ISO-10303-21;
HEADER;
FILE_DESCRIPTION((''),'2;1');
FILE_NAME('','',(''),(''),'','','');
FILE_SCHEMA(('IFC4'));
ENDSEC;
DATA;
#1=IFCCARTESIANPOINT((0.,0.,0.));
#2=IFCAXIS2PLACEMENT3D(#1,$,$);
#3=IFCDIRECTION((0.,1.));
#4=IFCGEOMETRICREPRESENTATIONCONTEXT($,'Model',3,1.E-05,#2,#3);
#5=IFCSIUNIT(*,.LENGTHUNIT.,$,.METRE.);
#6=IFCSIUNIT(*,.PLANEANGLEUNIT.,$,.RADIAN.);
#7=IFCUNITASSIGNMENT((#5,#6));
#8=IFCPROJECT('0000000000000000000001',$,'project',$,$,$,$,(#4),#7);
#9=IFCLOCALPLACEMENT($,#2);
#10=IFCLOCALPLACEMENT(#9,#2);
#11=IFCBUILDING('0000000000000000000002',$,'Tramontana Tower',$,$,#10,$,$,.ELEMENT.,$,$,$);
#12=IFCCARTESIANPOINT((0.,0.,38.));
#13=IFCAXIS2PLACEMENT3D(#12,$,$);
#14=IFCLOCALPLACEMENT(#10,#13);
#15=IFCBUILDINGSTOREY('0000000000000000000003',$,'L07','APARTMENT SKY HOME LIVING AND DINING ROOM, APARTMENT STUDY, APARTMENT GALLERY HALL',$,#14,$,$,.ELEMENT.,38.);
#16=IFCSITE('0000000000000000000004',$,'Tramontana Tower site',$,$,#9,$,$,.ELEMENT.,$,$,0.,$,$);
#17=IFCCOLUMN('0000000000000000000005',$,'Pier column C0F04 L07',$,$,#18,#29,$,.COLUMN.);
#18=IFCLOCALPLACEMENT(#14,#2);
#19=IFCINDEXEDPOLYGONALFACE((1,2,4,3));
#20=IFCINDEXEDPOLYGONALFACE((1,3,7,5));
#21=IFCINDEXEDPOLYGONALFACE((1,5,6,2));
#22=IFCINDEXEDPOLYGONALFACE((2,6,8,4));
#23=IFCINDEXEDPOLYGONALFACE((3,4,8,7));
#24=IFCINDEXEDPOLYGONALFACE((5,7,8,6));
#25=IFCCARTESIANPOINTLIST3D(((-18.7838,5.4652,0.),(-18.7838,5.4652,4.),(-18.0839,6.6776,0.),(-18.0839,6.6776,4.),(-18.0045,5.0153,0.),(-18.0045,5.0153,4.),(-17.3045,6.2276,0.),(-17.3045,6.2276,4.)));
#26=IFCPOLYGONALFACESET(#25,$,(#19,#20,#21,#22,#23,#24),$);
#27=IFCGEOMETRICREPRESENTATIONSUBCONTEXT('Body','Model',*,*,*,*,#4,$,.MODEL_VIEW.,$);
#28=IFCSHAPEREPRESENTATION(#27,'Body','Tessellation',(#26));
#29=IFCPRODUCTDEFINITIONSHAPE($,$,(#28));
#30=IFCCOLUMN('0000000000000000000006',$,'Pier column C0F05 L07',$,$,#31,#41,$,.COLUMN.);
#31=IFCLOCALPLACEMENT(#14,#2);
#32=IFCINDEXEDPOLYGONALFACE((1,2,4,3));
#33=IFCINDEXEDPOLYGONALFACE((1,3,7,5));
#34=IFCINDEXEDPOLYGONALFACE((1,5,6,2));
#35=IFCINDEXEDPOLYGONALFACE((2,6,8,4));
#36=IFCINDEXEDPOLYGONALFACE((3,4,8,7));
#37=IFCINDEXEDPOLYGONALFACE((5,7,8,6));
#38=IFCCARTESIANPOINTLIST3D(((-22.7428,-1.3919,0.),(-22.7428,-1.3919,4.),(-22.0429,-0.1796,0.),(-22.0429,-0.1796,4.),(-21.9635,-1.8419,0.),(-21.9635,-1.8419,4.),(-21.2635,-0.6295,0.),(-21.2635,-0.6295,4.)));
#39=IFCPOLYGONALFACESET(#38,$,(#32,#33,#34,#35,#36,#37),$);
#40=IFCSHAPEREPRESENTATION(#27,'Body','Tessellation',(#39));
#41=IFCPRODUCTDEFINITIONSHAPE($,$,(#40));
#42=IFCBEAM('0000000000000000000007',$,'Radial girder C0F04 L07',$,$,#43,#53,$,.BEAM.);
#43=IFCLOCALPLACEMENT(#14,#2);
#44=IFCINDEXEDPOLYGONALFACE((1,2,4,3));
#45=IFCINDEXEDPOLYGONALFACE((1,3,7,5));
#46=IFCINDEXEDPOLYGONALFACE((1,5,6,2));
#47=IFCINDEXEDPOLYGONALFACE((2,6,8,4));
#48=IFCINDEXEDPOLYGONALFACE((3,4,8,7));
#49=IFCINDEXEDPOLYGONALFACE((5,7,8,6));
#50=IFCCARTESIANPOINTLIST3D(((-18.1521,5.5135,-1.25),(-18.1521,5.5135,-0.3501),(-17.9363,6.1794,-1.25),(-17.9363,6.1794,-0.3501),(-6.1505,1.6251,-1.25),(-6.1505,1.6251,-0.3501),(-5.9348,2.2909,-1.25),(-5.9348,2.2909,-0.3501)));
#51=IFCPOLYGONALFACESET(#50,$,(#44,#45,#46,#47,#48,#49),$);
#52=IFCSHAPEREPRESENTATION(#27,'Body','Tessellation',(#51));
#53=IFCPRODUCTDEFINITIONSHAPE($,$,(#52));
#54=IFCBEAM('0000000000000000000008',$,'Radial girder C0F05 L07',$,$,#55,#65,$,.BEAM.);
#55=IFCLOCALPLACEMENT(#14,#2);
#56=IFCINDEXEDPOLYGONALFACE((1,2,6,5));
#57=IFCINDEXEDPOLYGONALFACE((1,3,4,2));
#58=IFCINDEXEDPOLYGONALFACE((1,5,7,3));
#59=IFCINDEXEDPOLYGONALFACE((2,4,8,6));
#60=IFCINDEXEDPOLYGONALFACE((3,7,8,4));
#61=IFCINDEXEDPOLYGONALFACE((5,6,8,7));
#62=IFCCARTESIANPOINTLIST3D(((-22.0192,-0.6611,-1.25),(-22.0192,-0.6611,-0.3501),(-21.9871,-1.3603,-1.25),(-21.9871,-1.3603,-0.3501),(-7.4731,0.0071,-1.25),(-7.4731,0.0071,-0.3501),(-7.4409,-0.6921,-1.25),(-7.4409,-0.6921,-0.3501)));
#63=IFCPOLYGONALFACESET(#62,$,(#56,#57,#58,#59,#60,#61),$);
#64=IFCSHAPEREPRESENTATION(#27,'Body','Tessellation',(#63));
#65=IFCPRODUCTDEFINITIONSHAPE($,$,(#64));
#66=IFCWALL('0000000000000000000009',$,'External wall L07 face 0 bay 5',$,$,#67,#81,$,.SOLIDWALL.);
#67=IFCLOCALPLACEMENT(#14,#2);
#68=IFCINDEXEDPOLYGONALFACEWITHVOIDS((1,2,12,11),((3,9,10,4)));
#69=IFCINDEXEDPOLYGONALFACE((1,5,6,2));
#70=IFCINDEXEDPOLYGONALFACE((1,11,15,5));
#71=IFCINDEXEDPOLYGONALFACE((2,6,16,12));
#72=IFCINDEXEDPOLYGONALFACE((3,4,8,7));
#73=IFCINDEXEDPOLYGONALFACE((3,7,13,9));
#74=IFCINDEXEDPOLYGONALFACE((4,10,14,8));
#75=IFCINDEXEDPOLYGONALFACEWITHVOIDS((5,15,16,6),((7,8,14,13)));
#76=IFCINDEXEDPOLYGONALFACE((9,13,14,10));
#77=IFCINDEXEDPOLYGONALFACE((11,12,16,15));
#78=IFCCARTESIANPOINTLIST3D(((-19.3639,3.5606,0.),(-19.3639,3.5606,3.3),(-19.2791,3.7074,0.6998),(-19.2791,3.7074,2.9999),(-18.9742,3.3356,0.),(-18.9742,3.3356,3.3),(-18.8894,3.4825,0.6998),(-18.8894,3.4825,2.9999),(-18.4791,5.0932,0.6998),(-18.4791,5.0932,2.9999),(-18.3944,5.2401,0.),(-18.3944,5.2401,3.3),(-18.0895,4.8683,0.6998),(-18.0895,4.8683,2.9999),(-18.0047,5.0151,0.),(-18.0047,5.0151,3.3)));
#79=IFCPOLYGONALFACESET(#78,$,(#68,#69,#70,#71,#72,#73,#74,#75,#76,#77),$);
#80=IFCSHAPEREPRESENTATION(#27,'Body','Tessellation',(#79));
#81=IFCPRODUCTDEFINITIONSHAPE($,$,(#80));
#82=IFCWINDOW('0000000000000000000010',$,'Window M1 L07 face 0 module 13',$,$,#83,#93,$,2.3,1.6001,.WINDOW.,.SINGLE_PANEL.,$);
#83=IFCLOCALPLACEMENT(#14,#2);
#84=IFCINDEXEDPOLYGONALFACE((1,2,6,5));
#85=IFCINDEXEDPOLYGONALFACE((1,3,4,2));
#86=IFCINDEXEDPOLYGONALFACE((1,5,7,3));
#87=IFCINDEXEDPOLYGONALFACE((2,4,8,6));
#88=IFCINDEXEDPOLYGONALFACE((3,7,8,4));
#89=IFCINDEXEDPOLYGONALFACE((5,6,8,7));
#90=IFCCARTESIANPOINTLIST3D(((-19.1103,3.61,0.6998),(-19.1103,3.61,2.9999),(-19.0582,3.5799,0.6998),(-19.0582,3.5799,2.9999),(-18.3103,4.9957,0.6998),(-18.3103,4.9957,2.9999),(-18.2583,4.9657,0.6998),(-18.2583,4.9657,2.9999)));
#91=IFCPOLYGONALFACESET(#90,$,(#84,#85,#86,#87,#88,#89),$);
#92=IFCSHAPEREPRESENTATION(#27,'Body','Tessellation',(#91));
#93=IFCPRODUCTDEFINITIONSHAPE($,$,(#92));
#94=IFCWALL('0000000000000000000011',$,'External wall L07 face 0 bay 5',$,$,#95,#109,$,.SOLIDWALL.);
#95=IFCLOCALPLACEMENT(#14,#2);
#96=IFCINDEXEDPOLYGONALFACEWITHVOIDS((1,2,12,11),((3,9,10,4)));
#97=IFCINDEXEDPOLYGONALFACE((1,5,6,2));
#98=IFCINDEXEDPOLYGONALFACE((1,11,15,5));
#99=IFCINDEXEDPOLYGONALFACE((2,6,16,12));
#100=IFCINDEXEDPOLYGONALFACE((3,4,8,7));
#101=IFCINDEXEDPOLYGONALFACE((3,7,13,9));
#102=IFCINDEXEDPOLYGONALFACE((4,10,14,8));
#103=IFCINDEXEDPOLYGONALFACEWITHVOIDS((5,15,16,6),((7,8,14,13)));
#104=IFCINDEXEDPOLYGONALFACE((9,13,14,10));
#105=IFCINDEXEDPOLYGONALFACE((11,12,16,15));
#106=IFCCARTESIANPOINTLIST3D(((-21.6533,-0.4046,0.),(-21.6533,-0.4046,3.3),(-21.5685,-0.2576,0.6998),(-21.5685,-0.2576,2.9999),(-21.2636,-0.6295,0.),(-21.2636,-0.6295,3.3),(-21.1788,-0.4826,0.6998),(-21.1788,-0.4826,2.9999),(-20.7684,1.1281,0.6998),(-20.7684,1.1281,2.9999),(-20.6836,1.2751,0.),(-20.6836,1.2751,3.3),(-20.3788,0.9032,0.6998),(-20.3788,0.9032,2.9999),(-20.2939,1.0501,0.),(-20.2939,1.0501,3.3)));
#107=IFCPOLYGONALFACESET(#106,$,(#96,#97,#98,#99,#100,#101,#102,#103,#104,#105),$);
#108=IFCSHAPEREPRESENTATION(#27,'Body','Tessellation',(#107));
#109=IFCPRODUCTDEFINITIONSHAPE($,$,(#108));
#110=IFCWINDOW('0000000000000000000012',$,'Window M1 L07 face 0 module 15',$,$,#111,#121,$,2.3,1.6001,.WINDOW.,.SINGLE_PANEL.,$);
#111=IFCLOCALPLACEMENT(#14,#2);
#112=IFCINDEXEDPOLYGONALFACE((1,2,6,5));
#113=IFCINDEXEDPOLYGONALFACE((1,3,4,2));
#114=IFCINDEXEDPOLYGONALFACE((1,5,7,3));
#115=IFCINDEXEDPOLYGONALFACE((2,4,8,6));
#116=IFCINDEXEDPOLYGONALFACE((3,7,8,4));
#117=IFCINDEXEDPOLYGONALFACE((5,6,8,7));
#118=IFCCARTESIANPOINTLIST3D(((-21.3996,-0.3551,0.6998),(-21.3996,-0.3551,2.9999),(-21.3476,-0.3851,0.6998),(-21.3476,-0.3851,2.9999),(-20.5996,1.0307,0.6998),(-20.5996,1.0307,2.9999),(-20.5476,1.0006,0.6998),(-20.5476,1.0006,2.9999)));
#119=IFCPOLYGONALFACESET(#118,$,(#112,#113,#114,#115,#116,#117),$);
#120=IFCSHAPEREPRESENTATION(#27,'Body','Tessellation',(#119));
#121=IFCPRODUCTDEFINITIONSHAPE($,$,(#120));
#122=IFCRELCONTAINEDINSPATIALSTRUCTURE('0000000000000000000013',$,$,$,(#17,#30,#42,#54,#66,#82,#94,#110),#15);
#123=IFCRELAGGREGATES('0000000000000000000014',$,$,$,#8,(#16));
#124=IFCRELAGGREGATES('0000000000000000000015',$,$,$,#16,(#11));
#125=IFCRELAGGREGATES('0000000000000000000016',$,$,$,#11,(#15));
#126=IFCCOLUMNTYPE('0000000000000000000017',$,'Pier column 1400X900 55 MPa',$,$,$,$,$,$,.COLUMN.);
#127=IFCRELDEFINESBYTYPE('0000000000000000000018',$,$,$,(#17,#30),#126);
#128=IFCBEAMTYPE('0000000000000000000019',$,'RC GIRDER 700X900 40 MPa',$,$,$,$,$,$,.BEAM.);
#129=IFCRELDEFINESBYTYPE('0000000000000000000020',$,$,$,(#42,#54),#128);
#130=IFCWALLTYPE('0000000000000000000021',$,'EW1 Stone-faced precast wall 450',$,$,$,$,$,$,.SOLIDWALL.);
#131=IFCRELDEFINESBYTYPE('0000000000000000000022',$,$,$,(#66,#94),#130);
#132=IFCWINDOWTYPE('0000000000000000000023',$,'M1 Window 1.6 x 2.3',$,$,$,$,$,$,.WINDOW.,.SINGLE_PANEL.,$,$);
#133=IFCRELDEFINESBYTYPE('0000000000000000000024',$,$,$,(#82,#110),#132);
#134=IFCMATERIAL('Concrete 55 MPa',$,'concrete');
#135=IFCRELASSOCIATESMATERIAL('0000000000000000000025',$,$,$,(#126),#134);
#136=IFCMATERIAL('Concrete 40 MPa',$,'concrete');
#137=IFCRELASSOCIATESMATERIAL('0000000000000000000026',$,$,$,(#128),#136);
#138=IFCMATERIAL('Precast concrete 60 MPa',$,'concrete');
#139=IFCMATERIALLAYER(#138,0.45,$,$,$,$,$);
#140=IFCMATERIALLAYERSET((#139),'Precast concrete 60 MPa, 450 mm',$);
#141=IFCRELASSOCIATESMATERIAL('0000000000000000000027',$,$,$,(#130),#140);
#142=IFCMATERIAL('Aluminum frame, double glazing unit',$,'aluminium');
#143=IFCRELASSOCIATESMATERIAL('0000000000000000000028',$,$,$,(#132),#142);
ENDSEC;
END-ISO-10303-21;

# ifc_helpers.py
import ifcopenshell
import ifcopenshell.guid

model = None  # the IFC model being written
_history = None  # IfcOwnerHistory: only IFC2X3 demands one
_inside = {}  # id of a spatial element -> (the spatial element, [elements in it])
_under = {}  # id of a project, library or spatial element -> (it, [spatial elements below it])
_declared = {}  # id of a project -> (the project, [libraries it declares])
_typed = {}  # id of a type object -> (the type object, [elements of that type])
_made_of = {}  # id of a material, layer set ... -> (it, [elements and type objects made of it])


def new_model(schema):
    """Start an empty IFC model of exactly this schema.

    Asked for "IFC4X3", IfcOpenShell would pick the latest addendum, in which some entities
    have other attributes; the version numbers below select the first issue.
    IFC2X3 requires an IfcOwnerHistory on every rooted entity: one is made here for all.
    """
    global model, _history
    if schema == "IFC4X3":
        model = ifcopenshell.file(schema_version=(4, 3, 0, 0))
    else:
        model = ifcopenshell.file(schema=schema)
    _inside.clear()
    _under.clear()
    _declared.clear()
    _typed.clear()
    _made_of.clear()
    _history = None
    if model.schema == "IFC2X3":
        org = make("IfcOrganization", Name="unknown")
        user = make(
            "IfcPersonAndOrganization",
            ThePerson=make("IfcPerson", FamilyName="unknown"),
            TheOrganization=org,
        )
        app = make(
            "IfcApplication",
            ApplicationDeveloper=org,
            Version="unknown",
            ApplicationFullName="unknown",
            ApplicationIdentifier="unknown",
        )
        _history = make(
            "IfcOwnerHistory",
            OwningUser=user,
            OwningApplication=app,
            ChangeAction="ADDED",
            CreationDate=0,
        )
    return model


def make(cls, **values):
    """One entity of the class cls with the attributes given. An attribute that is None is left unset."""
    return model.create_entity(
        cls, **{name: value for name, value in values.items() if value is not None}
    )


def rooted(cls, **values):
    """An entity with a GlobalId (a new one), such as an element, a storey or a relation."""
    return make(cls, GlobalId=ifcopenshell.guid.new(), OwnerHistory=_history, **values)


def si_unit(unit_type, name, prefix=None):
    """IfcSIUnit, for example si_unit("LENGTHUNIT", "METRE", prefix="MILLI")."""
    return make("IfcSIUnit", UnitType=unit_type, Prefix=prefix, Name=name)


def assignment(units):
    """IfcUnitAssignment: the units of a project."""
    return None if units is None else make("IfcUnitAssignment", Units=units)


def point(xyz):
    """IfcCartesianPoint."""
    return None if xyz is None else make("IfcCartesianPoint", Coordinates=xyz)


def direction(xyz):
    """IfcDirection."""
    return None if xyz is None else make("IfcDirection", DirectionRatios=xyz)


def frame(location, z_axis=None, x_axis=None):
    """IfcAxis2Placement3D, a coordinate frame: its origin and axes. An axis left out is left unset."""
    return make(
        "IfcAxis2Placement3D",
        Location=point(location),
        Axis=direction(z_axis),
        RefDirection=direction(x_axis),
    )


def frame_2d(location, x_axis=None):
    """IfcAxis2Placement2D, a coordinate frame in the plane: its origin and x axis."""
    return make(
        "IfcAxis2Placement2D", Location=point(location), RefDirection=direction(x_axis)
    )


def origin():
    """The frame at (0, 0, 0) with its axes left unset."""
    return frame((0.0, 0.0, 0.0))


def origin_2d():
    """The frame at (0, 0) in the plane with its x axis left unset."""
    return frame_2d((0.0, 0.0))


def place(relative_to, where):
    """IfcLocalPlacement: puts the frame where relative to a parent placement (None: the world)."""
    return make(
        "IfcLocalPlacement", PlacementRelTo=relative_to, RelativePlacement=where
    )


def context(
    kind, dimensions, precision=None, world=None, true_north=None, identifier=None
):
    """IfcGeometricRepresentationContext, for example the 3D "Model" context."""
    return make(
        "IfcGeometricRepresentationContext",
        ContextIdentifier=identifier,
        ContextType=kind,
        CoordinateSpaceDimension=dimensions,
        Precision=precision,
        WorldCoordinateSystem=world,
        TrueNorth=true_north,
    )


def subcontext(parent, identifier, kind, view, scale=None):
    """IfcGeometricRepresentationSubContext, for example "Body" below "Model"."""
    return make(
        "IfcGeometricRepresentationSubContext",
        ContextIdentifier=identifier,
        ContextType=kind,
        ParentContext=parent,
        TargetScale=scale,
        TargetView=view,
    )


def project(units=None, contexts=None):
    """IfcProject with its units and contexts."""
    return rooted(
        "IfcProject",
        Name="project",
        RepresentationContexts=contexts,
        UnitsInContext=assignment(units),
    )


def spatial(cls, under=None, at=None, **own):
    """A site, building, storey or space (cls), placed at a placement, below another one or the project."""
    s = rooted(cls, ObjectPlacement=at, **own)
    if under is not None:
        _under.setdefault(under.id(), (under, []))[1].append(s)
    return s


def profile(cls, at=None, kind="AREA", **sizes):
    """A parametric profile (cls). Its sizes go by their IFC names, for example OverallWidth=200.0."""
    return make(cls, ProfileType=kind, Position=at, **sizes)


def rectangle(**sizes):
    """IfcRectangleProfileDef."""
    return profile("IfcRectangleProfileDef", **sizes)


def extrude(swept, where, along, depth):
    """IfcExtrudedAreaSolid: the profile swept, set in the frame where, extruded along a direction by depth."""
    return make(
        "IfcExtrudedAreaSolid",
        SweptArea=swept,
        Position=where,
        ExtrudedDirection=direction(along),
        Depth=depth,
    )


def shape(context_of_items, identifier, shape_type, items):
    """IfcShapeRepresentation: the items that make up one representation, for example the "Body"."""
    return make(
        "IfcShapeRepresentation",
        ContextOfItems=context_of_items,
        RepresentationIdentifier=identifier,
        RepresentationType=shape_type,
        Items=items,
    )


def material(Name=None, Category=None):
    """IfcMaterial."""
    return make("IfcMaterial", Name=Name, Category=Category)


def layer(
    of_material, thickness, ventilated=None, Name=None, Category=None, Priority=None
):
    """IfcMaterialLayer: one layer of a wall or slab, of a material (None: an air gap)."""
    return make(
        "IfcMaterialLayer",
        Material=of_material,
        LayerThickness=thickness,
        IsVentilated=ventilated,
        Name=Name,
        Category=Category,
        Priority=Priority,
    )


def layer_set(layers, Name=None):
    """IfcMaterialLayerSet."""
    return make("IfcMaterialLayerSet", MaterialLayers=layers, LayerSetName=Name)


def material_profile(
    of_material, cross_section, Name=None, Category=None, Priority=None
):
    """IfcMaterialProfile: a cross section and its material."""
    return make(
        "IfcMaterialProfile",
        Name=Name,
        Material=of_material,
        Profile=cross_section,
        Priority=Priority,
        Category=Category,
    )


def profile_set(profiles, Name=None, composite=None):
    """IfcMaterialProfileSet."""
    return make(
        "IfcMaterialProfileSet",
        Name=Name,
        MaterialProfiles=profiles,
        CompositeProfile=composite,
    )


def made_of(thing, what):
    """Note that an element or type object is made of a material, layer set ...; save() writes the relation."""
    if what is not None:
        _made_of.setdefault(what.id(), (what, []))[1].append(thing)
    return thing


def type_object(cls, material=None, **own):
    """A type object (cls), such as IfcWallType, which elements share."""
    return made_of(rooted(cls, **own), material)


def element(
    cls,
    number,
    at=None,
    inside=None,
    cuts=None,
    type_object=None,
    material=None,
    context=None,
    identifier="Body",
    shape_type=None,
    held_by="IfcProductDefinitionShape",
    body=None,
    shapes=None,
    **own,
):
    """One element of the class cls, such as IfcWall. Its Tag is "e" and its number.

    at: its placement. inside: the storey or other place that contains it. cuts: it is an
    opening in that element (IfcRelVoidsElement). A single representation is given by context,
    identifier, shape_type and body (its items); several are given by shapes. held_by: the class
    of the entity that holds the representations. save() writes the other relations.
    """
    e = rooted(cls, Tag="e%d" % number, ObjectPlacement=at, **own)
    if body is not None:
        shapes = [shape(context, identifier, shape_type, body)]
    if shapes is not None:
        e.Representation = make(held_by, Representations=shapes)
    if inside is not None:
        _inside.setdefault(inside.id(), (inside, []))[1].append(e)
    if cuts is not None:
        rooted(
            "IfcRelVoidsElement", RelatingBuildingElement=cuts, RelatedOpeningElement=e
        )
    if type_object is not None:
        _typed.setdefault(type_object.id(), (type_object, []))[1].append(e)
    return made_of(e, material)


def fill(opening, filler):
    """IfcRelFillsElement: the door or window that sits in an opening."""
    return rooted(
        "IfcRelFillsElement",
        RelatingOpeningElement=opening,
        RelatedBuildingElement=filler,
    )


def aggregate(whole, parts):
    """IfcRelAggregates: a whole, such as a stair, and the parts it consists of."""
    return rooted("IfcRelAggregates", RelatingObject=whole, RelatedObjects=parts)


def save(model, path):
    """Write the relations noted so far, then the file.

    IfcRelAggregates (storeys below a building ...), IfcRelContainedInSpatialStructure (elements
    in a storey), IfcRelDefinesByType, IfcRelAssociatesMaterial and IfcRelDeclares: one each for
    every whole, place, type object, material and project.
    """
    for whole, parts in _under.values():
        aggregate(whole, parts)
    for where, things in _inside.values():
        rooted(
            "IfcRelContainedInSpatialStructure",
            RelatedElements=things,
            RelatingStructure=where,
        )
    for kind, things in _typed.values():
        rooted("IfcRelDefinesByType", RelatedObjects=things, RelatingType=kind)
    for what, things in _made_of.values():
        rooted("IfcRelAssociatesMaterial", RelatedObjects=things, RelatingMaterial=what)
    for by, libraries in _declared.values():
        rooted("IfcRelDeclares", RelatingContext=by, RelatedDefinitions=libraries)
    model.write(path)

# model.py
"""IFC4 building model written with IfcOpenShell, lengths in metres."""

from ifc_helpers import new_model, si_unit, direction, frame, frame_2d, origin, origin_2d, place, context, subcontext, project, spatial, rectangle, extrude, material, layer, layer_set, material_profile, profile_set, type_object, element, fill, save


model = new_model("IFC4")

# Units and contexts
model_context = context("Model", 3, precision=1e-05, world=origin(), true_north=direction((0.0, 1.0)))
body_context = subcontext(model_context, "Body", "Model", "MODEL_VIEW")
ifc_project = project(units=[si_unit("LENGTHUNIT", "METRE"), si_unit("PLANEANGLEUNIT", "RADIAN")], contexts=[model_context])

# Site, building, storey
site_placement = place(None, origin())
site = spatial("IfcSite", under=ifc_project, at=site_placement, Name="Tramontana Tower site", CompositionType="ELEMENT", RefElevation=0.0)
building_placement = place(site_placement, origin())
building = spatial("IfcBuilding", under=site, at=building_placement, Name="Tramontana Tower", CompositionType="ELEMENT")
storey_placement = place(building_placement, frame((0.0, 0.0, 38.0)))
storey = spatial("IfcBuildingStorey", under=building, at=storey_placement, Name="L07", Description="APARTMENT SKY HOME LIVING AND DINING ROOM, APARTMENT STUDY, APARTMENT GALLERY HALL", CompositionType="ELEMENT", Elevation=38.0)

# Columns
ifc_material_1 = material(Name="Concrete 55 MPa", Category="concrete")
ifc_material_profile_1 = material_profile(ifc_material_1, rectangle(XDim=1.3999, YDim=0.8999, at=origin_2d()), Name="Pier column 1400X900 55 MPa")
ifc_profile_set_1 = profile_set([ifc_material_profile_1], Name="Concrete 55 MPa")
column_type = type_object("IfcColumnType", Name="Pier column 1400X900 55 MPa", PredefinedType="COLUMN", material=ifc_profile_set_1)
for number, where, z_axis, x_axis, name in (
    (1, (-18.0442, 5.8464, 0.0), (0.0, 0.0, 1.0), (-0.5, -0.866025, 0.0), "Pier column C0F04 L07"),
    (2, (-22.0032, -1.0107, 0.0), (0.0, 0.0, 1.0), (-0.5, -0.866025, 0.0), "Pier column C0F05 L07"),
):
    element("IfcColumn", number, at=place(storey_placement, frame(where, z_axis=z_axis, x_axis=x_axis)), inside=storey, type_object=column_type, Name=name, PredefinedType="COLUMN", context=body_context, shape_type="SweptSolid", body=[
        extrude(rectangle(XDim=1.3999, YDim=0.8999, at=origin_2d()), origin(), (0.0, 0.0, 1.0), 4.0),
    ])

# Beams
ifc_material_2 = material(Name="Concrete 40 MPa", Category="concrete")
ifc_material_profile_2 = material_profile(ifc_material_2, rectangle(XDim=0.7, YDim=0.8999, at=origin_2d()), Name="RC GIRDER 700X900 40 MPa")
ifc_profile_set_2 = profile_set([ifc_material_profile_2], Name="Concrete 40 MPa")
beam_type = type_object("IfcBeamType", Name="RC GIRDER 700X900 40 MPa", PredefinedType="BEAM", material=ifc_profile_set_2)
beam_1_placement = place(storey_placement, frame((-18.0442, 5.8464, -0.8), z_axis=(0.951314, -0.308222, 0.0), x_axis=(0.308222, 0.951314, 0.0)))
element("IfcBeam", 3, at=beam_1_placement, inside=storey, type_object=beam_type, Name="Radial girder C0F04 L07", PredefinedType="BEAM", context=body_context, shape_type="SweptSolid", body=[
    extrude(rectangle(XDim=0.7, YDim=0.8999, at=origin_2d()), origin(), (0.0, 0.0, 1.0), 12.6157),
])
beam_2_placement = place(storey_placement, frame((-22.0032, -1.0107, -0.8), z_axis=(0.998947, 0.045889, 0.0), x_axis=(-0.045889, 0.998947, 0.0)))
element("IfcBeam", 4, at=beam_2_placement, inside=storey, type_object=beam_type, Name="Radial girder C0F05 L07", PredefinedType="BEAM", context=body_context, shape_type="SweptSolid", body=[
    extrude(rectangle(XDim=0.7, YDim=0.8999, at=origin_2d()), origin(), (0.0, 0.0, 1.0), 14.5615),
])

# Walls, openings, windows
ifc_material_3 = material(Name="Precast concrete 60 MPa", Category="concrete")
ifc_layer_1 = layer(ifc_material_3, 0.45)
ifc_layer_set_1 = layer_set([ifc_layer_1], Name="Precast concrete 60 MPa, 450 mm")
wall_type_1 = type_object("IfcWallType", Name="EW1 Stone-faced precast wall 450", PredefinedType="SOLIDWALL", material=ifc_layer_set_1)
wall_1_placement = place(storey_placement, frame((-18.1995, 5.1277, 0.0), z_axis=(0.0, 0.0, 1.0), x_axis=(-0.499944, -0.866058, 0.0)))
wall_1 = element("IfcWall", 5, at=wall_1_placement, inside=storey, type_object=wall_type_1, Name="External wall L07 face 0 bay 5", PredefinedType="SOLIDWALL", context=body_context, shape_type="SweptSolid", body=[
    extrude(rectangle(XDim=1.9392, YDim=0.45, at=frame_2d((0.9697, 0.0))), origin(), (0.0, 0.0, 1.0), 3.3),
])
opening_1_placement = place(wall_1_placement, frame((0.1697, 0.0, 0.7)))
opening_1 = element("IfcOpeningElement", 6, at=opening_1_placement, cuts=wall_1, PredefinedType="OPENING", context=body_context, shape_type="SweptSolid", body=[
    extrude(rectangle(XDim=1.6001, YDim=2.3, at=frame_2d((0.8, 1.1499))), frame((0.0, 0.2349, 0.0), z_axis=(0.0, -1.0, 0.0), x_axis=(1.0, 0.0, 0.0)), (0.0, 0.0, 1.0), 0.47),
])
ifc_material_4 = material(Name="Aluminum frame, double glazing unit", Category="aluminium")
window_type_1 = type_object("IfcWindowType", Name="M1 Window 1.6 x 2.3", PartitioningType="SINGLE_PANEL", PredefinedType="WINDOW", material=ifc_material_4)
window_1_placement = place(opening_1_placement, origin())
window_1 = element("IfcWindow", 7, at=window_1_placement, inside=storey, type_object=window_type_1, Name="Window M1 L07 face 0 module 13", OverallHeight=2.3, OverallWidth=1.6001, PartitioningType="SINGLE_PANEL", PredefinedType="WINDOW", context=body_context, shape_type="SweptSolid", body=[
    extrude(rectangle(XDim=1.6001, YDim=2.3, at=frame_2d((0.8, 1.1499))), frame((0.0, 0.03, 0.0), z_axis=(0.0, -1.0, 0.0), x_axis=(1.0, 0.0, 0.0)), (0.0, 0.0, 1.0), 0.0601),
])
fill(opening_1, window_1)
wall_2_placement = place(storey_placement, frame((-20.4888, 1.1626, 0.0), z_axis=(0.0, 0.0, 1.0), x_axis=(-0.499984, -0.866035, 0.0)))
wall_2 = element("IfcWall", 8, at=wall_2_placement, inside=storey, type_object=wall_type_1, Name="External wall L07 face 0 bay 5", PredefinedType="SOLIDWALL", context=body_context, shape_type="SweptSolid", body=[
    extrude(rectangle(XDim=1.9395, YDim=0.45, at=frame_2d((0.9697, 0.0))), origin(), (0.0, 0.0, 1.0), 3.3),
])
opening_2_placement = place(wall_2_placement, frame((0.1697, 0.0, 0.7)))
opening_2 = element("IfcOpeningElement", 9, at=opening_2_placement, cuts=wall_2, PredefinedType="OPENING", context=body_context, shape_type="SweptSolid", body=[
    extrude(rectangle(XDim=1.6001, YDim=2.3, at=frame_2d((0.8, 1.1499))), frame((0.0, 0.2349, 0.0), z_axis=(0.0, -1.0, 0.0), x_axis=(1.0, 0.0, 0.0)), (0.0, 0.0, 1.0), 0.47),
])
window_2_placement = place(opening_2_placement, origin())
window_2 = element("IfcWindow", 10, at=window_2_placement, inside=storey, type_object=window_type_1, Name="Window M1 L07 face 0 module 15", OverallHeight=2.3, OverallWidth=1.6001, PartitioningType="SINGLE_PANEL", PredefinedType="WINDOW", context=body_context, shape_type="SweptSolid", body=[
    extrude(rectangle(XDim=1.6001, YDim=2.3, at=frame_2d((0.8, 1.1499))), frame((0.0, 0.03, 0.0), z_axis=(0.0, -1.0, 0.0), x_axis=(1.0, 0.0, 0.0)), (0.0, 0.0, 1.0), 0.0601),
])
fill(opening_2, window_2)

save(model, "model.ifc")
